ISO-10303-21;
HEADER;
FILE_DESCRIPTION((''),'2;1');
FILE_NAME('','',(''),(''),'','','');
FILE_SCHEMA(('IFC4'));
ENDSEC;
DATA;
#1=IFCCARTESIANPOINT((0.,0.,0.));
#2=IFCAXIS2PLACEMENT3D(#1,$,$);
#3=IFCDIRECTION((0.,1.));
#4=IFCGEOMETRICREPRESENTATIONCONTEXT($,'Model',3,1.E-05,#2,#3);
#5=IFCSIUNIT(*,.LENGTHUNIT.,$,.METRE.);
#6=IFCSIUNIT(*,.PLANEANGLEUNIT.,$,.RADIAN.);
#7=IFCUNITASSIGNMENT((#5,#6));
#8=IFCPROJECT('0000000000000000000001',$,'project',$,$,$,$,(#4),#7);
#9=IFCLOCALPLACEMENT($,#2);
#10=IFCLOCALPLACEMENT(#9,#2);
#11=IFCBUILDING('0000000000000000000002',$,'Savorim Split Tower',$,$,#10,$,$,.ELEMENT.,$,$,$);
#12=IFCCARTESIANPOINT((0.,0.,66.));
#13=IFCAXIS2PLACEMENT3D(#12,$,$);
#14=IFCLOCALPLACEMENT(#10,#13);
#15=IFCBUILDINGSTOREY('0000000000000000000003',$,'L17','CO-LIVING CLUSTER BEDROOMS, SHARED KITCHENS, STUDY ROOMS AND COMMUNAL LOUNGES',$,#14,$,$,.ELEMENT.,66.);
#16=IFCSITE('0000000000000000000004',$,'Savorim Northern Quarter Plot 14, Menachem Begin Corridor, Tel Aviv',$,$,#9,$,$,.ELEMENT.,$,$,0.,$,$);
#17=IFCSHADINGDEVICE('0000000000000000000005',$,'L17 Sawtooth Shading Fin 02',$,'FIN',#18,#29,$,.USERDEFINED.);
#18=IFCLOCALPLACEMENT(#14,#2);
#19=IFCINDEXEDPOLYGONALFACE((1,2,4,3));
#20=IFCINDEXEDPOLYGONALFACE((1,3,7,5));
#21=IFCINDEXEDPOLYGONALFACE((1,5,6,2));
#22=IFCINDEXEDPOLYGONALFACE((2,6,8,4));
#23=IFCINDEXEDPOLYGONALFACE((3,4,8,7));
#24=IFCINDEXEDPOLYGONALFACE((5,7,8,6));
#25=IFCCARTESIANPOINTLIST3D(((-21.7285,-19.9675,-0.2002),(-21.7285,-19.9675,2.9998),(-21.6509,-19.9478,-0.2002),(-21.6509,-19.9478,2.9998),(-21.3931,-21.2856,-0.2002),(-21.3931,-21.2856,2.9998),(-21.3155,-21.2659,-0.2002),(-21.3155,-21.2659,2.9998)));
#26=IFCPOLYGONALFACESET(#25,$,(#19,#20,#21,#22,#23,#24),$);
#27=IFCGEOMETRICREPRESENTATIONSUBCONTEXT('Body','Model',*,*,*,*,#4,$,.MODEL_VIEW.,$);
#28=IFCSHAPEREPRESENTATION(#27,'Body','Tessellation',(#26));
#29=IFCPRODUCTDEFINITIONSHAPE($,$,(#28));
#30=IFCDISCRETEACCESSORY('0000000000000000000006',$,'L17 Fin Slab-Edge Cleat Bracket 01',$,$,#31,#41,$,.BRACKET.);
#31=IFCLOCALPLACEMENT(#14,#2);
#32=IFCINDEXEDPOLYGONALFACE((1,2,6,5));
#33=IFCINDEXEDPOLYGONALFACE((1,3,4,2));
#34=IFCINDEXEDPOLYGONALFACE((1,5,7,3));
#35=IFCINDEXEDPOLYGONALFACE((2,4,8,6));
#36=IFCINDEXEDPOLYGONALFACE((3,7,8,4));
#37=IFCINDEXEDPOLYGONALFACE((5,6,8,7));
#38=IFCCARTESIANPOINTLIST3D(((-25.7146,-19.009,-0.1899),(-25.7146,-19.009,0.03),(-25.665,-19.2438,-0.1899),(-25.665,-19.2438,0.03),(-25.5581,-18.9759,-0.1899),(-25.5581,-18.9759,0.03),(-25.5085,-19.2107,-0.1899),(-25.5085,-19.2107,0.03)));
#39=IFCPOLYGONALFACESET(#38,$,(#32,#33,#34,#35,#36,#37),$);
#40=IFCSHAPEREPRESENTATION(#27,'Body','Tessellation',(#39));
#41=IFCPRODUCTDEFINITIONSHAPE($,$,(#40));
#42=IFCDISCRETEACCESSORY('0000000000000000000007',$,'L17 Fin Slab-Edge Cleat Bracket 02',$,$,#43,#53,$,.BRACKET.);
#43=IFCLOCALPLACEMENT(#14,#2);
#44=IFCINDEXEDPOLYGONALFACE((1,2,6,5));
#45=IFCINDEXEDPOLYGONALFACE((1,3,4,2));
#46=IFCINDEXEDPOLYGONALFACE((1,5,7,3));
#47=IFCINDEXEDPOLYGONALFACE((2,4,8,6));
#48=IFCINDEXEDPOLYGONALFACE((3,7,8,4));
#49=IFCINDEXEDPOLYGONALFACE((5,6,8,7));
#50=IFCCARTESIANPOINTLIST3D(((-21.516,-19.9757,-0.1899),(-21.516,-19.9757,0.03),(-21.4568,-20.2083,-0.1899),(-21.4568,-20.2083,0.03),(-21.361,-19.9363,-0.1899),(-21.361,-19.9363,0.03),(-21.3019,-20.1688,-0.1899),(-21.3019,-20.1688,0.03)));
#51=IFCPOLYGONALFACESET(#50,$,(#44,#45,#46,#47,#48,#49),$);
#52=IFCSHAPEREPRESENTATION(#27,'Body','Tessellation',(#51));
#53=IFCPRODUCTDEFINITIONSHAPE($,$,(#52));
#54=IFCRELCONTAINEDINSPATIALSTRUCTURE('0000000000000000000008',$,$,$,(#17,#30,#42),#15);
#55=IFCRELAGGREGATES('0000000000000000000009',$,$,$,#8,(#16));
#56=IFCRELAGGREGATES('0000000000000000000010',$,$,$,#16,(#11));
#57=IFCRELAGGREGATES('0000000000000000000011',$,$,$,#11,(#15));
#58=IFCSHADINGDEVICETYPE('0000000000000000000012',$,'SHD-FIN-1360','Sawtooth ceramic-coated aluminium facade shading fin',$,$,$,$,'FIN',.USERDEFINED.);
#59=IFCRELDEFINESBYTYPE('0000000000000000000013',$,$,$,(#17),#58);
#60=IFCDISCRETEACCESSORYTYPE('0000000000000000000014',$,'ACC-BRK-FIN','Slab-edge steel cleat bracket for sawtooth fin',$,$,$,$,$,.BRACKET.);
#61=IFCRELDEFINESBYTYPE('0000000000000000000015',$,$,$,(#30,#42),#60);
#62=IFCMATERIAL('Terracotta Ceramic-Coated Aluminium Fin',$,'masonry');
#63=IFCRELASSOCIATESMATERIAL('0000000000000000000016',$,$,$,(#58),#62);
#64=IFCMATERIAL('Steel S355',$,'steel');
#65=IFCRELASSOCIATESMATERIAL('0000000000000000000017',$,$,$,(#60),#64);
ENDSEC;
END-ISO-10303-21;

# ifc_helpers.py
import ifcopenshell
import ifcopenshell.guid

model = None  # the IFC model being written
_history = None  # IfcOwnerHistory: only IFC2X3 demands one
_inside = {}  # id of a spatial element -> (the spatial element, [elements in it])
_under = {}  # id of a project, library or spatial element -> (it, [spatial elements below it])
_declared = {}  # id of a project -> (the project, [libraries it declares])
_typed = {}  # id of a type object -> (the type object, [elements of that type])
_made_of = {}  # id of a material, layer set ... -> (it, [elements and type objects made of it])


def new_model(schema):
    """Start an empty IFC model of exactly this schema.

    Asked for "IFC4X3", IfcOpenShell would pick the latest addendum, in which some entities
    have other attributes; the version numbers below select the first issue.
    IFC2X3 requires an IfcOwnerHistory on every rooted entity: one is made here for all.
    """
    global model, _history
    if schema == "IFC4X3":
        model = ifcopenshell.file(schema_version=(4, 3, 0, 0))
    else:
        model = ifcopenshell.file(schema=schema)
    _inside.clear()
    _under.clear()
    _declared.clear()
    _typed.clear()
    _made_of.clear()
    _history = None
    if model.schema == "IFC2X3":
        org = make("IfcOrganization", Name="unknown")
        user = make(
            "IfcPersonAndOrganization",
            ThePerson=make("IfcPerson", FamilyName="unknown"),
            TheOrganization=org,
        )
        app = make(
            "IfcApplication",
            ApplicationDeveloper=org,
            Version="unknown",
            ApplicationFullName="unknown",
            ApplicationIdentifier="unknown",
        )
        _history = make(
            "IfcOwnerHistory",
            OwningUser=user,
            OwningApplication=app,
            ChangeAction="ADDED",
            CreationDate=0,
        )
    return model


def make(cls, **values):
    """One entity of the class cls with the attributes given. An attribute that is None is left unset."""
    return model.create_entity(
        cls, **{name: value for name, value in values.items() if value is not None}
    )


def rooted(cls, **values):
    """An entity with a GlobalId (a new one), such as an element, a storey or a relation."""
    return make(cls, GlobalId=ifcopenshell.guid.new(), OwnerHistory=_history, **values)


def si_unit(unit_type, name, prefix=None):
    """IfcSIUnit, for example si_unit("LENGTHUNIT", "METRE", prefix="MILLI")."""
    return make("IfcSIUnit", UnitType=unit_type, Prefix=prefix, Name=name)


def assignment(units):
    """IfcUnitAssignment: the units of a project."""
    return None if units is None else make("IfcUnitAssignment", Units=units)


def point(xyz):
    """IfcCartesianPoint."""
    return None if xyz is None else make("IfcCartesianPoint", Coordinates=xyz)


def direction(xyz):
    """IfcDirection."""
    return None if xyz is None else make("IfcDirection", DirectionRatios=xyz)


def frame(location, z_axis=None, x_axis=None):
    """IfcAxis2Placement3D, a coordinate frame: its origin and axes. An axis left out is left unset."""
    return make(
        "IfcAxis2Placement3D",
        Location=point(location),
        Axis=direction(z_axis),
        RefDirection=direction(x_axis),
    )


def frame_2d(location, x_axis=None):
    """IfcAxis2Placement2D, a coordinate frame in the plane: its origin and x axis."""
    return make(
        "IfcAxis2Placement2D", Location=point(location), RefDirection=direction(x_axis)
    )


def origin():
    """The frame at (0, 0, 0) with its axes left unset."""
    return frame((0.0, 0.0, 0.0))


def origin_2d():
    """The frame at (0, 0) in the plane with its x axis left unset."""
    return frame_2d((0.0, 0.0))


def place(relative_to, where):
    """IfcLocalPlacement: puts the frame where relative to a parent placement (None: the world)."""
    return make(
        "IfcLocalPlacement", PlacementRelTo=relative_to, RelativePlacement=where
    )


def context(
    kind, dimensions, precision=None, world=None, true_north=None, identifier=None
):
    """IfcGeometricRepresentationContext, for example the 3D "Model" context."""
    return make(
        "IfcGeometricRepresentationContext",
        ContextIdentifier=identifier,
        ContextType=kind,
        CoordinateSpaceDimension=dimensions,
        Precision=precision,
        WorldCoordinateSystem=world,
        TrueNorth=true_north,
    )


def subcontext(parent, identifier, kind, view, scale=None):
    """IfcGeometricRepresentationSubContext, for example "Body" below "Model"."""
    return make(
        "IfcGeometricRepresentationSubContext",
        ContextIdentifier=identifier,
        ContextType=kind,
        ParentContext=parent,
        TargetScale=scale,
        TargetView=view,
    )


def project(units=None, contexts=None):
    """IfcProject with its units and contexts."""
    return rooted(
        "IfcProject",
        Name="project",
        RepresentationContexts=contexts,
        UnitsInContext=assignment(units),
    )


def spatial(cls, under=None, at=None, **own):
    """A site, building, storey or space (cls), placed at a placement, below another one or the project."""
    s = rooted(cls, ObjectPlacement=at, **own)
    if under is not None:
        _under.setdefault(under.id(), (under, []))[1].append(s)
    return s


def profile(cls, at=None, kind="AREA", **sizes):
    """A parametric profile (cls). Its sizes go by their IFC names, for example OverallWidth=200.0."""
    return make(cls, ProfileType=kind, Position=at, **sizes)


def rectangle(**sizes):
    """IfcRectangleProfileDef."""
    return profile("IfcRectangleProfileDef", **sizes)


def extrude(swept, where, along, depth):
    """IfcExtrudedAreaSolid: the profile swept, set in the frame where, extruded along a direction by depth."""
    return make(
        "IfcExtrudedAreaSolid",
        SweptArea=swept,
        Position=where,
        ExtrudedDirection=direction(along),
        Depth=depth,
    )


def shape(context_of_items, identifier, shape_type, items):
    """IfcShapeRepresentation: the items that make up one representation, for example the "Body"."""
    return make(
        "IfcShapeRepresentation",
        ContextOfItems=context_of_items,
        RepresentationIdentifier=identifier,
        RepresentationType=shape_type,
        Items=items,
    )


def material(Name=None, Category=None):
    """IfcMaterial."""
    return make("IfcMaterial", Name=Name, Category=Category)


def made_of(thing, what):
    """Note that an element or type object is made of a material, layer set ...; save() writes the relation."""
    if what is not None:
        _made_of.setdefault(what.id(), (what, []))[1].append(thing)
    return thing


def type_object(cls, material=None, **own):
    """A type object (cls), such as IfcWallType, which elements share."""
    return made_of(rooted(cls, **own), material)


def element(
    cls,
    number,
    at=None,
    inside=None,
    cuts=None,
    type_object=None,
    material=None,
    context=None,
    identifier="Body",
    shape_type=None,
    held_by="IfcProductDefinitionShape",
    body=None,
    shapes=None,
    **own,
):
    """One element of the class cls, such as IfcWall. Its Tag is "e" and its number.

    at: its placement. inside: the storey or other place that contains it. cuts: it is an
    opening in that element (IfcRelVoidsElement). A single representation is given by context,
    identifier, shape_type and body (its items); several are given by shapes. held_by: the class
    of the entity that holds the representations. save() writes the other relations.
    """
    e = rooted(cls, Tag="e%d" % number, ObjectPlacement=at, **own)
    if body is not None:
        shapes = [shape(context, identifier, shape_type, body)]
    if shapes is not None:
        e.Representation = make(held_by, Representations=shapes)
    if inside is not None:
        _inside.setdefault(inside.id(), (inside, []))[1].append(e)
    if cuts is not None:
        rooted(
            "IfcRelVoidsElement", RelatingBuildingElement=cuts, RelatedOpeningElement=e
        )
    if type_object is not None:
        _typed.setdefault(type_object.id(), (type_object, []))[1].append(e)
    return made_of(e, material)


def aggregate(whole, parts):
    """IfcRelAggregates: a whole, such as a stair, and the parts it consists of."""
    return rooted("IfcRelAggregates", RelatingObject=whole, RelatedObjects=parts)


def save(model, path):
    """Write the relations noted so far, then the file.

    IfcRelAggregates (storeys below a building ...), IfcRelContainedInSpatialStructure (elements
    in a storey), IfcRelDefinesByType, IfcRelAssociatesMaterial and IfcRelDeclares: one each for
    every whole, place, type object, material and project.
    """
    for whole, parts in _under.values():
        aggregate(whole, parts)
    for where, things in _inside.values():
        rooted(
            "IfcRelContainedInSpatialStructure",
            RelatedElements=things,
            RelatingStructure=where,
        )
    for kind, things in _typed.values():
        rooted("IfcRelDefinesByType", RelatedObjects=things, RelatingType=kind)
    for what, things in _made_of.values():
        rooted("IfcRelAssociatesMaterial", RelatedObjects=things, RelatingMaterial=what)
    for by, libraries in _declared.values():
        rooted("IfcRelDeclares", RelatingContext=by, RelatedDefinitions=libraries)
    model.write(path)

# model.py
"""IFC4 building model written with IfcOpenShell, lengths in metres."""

from ifc_helpers import new_model, si_unit, direction, frame, origin, origin_2d, place, context, subcontext, project, spatial, rectangle, extrude, material, type_object, element, save


model = new_model("IFC4")

# Units and contexts
model_context = context("Model", 3, precision=1e-05, world=origin(), true_north=direction((0.0, 1.0)))
body_context = subcontext(model_context, "Body", "Model", "MODEL_VIEW")
ifc_project = project(units=[si_unit("LENGTHUNIT", "METRE"), si_unit("PLANEANGLEUNIT", "RADIAN")], contexts=[model_context])

# Site, building, storey
site_placement = place(None, origin())
site = spatial("IfcSite", under=ifc_project, at=site_placement, Name="Savorim Northern Quarter Plot 14, Menachem Begin Corridor, Tel Aviv", CompositionType="ELEMENT", RefElevation=0.0)
building_placement = place(site_placement, origin())
building = spatial("IfcBuilding", under=site, at=building_placement, Name="Savorim Split Tower", CompositionType="ELEMENT")
storey_placement = place(building_placement, frame((0.0, 0.0, 66.0)))
storey = spatial("IfcBuildingStorey", under=building, at=storey_placement, Name="L17", Description="CO-LIVING CLUSTER BEDROOMS, SHARED KITCHENS, STUDY ROOMS AND COMMUNAL LOUNGES", CompositionType="ELEMENT", Elevation=66.0)

# Shared definitions
ifc_material_1 = material(Name="Steel S355", Category="steel")

# Shading device
ifc_material_2 = material(Name="Terracotta Ceramic-Coated Aluminium Fin", Category="masonry")
shading_device_type = type_object("IfcShadingDeviceType", Name="SHD-FIN-1360", Description="Sawtooth ceramic-coated aluminium facade shading fin", ElementType="FIN", PredefinedType="USERDEFINED", material=ifc_material_2)
for number, where, z_axis, x_axis, name in (
    (1, (-21.522, -20.6167, -0.2002), (0.0, 0.0, 1.0), (0.246581, -0.969122, 0.0), "L17 Sawtooth Shading Fin 02"),
):
    element("IfcShadingDevice", number, at=place(storey_placement, frame(where, z_axis=z_axis, x_axis=x_axis)), inside=storey, type_object=shading_device_type, Name=name, ObjectType="FIN", PredefinedType="USERDEFINED", context=body_context, shape_type="SweptSolid", body=[
        extrude(rectangle(XDim=1.3601, YDim=0.0801, at=origin_2d()), origin(), (0.0, 0.0, 1.0), 3.2),
    ])

# Discrete accessories
discrete_accessory_type = type_object("IfcDiscreteAccessoryType", Name="ACC-BRK-FIN", Description="Slab-edge steel cleat bracket for sawtooth fin", PredefinedType="BRACKET", material=ifc_material_1)
for number, where, z_axis, x_axis, name in (
    (2, (-25.6116, -19.1099, -0.1899), (0.0, 0.0, 1.0), (0.206722, -0.9784, 0.0), "L17 Fin Slab-Edge Cleat Bracket 01"),
    (3, (-21.4089, -20.0723, -0.1899), (0.0, 0.0, 1.0), (0.246581, -0.969122, 0.0), "L17 Fin Slab-Edge Cleat Bracket 02"),
):
    element("IfcDiscreteAccessory", number, at=place(storey_placement, frame(where, z_axis=z_axis, x_axis=x_axis)), inside=storey, type_object=discrete_accessory_type, Name=name, PredefinedType="BRACKET", context=body_context, shape_type="SweptSolid", body=[
        extrude(rectangle(XDim=0.24, YDim=0.1599, at=origin_2d()), origin(), (0.0, 0.0, 1.0), 0.22),
    ])

save(model, "model.ifc")
